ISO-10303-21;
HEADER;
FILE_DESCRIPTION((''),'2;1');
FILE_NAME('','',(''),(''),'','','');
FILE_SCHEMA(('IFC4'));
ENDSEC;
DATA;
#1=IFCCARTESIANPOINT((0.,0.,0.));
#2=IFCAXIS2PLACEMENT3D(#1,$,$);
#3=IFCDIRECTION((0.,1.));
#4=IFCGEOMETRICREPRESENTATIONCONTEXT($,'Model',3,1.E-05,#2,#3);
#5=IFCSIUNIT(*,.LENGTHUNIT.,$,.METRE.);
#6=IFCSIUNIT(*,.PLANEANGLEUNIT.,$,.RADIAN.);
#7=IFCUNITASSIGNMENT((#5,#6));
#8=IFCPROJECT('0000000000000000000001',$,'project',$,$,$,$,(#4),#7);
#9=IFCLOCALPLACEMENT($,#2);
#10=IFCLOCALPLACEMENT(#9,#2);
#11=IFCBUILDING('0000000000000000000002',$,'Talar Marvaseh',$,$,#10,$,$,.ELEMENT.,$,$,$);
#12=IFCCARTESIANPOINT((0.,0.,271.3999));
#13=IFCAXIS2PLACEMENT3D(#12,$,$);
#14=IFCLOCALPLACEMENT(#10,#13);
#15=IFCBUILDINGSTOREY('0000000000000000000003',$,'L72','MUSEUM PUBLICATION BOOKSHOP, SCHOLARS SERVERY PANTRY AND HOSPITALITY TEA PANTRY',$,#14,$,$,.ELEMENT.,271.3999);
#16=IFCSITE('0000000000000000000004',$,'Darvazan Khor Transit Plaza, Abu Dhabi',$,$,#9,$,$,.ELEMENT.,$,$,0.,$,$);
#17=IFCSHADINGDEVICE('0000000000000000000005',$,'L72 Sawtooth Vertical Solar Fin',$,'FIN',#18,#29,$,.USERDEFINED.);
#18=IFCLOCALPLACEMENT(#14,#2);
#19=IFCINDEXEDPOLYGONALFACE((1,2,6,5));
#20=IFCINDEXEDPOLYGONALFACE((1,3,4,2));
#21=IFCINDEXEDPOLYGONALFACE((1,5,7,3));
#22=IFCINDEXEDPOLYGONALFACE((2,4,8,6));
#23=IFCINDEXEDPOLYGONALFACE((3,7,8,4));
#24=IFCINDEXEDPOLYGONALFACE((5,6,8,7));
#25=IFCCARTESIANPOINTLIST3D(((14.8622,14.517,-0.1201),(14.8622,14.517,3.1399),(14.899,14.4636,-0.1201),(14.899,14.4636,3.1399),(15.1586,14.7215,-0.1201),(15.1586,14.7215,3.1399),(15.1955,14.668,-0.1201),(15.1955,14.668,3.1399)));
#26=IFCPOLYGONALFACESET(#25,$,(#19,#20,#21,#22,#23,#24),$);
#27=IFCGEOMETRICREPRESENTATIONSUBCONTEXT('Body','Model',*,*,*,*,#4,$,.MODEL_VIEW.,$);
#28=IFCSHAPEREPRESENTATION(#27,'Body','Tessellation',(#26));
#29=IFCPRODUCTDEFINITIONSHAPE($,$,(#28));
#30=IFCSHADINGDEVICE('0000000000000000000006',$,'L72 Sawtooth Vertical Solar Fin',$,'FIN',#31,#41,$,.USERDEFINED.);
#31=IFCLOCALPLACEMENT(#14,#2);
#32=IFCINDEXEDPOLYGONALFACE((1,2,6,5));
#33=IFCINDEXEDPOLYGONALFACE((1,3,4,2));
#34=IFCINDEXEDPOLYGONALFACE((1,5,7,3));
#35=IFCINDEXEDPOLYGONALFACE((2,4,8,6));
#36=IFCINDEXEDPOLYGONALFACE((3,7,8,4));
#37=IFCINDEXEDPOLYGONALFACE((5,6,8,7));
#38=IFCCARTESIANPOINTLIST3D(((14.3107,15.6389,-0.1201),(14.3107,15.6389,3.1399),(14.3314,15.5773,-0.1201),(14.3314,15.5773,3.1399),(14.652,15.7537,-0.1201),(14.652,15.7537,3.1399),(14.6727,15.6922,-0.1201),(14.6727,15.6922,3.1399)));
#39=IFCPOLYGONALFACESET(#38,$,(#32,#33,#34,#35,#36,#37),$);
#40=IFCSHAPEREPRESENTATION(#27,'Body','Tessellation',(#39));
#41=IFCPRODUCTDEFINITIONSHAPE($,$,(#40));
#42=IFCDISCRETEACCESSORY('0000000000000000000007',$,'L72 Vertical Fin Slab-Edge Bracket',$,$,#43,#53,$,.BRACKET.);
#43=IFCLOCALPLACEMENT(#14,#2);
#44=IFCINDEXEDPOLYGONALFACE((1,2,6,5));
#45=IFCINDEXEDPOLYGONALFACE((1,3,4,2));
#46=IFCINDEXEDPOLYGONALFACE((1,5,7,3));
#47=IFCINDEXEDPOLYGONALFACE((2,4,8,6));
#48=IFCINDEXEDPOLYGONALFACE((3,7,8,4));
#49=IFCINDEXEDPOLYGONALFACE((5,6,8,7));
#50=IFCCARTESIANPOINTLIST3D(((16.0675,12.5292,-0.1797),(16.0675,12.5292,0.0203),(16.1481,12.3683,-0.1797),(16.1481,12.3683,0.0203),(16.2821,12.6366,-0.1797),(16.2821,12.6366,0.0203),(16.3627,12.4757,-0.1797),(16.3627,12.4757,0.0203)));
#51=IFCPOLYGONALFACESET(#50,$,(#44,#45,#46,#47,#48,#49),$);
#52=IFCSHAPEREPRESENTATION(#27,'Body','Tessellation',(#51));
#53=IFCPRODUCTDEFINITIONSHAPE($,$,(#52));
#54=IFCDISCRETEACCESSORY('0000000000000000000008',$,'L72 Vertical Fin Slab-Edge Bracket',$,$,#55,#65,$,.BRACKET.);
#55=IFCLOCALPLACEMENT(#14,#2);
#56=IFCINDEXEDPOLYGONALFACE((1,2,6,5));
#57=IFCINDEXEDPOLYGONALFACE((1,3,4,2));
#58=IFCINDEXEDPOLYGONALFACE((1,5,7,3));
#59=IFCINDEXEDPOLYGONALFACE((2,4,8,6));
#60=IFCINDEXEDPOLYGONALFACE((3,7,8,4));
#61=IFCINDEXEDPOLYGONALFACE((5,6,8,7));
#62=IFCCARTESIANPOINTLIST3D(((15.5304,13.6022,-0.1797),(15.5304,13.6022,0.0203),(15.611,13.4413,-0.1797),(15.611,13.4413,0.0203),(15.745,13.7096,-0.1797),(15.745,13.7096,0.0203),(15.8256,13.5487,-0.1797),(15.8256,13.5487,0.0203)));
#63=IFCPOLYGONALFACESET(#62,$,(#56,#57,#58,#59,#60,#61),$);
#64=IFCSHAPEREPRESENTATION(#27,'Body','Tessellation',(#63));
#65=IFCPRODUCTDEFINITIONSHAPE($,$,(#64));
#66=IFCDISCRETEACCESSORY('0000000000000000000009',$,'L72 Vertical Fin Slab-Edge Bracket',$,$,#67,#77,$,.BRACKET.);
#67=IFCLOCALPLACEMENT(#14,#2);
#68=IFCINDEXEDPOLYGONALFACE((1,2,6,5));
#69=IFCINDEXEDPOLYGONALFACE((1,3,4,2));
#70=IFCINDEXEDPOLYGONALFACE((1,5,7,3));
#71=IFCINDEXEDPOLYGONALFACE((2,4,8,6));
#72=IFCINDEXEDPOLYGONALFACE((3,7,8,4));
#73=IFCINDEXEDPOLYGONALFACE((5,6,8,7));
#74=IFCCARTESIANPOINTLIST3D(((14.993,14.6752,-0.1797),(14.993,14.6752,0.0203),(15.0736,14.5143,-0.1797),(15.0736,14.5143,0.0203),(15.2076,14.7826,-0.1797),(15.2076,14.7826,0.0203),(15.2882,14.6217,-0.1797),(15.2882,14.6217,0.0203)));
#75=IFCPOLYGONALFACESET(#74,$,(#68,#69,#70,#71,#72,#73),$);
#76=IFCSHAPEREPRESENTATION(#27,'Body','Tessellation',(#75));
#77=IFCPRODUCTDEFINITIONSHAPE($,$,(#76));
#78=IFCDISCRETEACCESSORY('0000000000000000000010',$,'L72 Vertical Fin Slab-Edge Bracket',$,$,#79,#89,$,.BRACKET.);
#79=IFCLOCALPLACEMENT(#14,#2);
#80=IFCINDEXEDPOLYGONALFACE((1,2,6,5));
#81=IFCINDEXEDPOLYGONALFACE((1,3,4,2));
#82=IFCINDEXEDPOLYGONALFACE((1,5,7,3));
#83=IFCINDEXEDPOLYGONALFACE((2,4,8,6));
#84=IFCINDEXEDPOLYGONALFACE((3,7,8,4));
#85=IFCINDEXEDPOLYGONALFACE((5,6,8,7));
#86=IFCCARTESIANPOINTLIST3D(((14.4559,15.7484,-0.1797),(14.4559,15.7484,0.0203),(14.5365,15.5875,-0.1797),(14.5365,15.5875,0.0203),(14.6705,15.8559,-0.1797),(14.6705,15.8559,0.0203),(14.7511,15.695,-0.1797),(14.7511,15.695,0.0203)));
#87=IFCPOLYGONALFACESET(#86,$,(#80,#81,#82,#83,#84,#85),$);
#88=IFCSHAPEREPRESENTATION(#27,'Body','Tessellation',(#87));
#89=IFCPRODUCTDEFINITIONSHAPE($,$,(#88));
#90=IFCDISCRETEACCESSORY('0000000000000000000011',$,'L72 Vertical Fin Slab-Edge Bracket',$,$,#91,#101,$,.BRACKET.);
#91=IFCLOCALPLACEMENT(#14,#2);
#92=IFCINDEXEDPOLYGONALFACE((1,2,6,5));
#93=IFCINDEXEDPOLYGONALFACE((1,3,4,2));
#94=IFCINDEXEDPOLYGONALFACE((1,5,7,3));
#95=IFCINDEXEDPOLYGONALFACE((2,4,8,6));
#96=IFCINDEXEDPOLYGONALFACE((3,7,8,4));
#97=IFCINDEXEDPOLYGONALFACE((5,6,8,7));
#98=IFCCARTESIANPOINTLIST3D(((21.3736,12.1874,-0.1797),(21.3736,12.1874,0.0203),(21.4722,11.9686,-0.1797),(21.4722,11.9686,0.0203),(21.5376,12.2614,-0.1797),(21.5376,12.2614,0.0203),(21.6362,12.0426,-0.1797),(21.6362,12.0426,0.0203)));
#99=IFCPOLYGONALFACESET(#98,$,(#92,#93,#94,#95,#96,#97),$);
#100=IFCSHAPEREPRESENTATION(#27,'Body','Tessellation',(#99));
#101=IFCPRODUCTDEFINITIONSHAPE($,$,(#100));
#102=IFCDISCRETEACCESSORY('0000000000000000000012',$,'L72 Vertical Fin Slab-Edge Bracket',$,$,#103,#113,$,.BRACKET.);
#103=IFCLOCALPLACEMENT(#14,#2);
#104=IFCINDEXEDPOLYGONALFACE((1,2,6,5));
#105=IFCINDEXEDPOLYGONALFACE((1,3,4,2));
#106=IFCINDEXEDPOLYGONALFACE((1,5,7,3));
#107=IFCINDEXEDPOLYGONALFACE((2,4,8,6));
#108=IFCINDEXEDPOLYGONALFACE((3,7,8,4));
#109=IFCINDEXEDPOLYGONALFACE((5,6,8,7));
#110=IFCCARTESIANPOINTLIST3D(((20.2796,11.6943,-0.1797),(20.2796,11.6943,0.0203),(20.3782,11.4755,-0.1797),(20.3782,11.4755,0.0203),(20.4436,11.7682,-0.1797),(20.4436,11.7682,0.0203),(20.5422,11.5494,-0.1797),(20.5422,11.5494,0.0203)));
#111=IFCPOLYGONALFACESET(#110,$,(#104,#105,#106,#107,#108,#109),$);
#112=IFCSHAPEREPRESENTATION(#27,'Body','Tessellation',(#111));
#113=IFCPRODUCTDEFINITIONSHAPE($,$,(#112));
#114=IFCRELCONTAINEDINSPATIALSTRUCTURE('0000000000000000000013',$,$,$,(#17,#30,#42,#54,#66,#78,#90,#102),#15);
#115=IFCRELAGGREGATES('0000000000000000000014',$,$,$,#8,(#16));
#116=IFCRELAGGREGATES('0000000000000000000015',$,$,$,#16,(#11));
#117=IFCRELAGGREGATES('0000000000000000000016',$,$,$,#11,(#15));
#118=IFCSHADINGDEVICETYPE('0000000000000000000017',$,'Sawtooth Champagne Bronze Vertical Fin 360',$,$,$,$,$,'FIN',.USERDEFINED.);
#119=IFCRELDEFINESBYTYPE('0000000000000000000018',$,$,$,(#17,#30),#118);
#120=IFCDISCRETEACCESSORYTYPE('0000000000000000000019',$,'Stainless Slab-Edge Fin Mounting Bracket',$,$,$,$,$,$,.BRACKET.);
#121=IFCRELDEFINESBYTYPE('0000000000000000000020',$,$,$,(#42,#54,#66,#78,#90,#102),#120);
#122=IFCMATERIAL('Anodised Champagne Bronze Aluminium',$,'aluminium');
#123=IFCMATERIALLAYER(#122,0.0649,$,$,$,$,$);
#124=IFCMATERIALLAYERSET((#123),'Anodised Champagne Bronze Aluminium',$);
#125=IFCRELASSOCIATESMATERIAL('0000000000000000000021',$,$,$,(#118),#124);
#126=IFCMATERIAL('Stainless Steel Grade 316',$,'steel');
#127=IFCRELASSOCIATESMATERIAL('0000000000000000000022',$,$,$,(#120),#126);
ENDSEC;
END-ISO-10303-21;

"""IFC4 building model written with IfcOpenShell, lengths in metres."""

from ifc_helpers import new_model, si_unit, direction, frame, origin, origin_2d, place, context, subcontext, project, spatial, rectangle, extrude, source, transform, mapped, material, layer, layer_set, type_object, type_shapes, element, save


model = new_model("IFC4")

# Units and contexts
model_context = context("Model", 3, precision=1e-05, world=origin(), true_north=direction((0.0, 1.0)))
body_context = subcontext(model_context, "Body", "Model", "MODEL_VIEW")
ifc_project = project(units=[si_unit("LENGTHUNIT", "METRE"), si_unit("PLANEANGLEUNIT", "RADIAN")], contexts=[model_context])

# Site, building, storey
site_placement = place(None, origin())
site = spatial("IfcSite", under=ifc_project, at=site_placement, Name="Darvazan Khor Transit Plaza, Abu Dhabi", CompositionType="ELEMENT", RefElevation=0.0)
building_placement = place(site_placement, origin())
building = spatial("IfcBuilding", under=site, at=building_placement, Name="Talar Marvaseh", CompositionType="ELEMENT")
storey_placement = place(building_placement, frame((0.0, 0.0, 271.3999)))
storey = spatial("IfcBuildingStorey", under=building, at=storey_placement, Name="L72", Description="MUSEUM PUBLICATION BOOKSHOP, SCHOLARS SERVERY PANTRY AND HOSPITALITY TEA PANTRY", CompositionType="ELEMENT", Elevation=271.3999)

# Shading devices
ifc_material_1 = material(Name="Anodised Champagne Bronze Aluminium", Category="aluminium")
ifc_layer_1 = layer(ifc_material_1, 0.0649)
ifc_layer_set_1 = layer_set([ifc_layer_1], Name="Anodised Champagne Bronze Aluminium")
shading_device_type_1 = type_object("IfcShadingDeviceType", Name="Sawtooth Champagne Bronze Vertical Fin 360", ElementType="FIN", PredefinedType="USERDEFINED", material=ifc_layer_set_1)
shared_shape_1 = source(origin(), body_context, "Body", "SweptSolid", [
    extrude(rectangle(XDim=0.3601, YDim=0.0649, at=origin_2d()), origin(), (0.0, 0.0, 1.0), 3.26),
])
type_shapes(shading_device_type_1, [shared_shape_1])
for number, where, z_axis, x_axis, name in (
    (1, (15.0288, 14.5925, -0.1201), (0.0, 0.0, 1.0), (-0.823136, -0.567844, 0.0), "L72 Sawtooth Vertical Solar Fin"),
    (2, (14.4917, 15.6655, -0.1201), (0.0, 0.0, 1.0), (-0.947768, -0.318959, 0.0), "L72 Sawtooth Vertical Solar Fin"),
):
    element("IfcShadingDevice", number, at=place(storey_placement, frame(where, z_axis=z_axis, x_axis=x_axis)), inside=storey, type_object=shading_device_type_1, Name=name, ObjectType="FIN", PredefinedType="USERDEFINED", context=body_context, shape_type="MappedRepresentation", body=[
        mapped(shared_shape_1, transform((0.0, 0.0, 0.0), x_axis=(1.0, 0.0, 0.0), y_axis=(0.0, 1.0, 0.0), z_axis=(0.0, 0.0, 1.0), scale=1.0)),
    ])

# Discrete accessories
ifc_material_2 = material(Name="Stainless Steel Grade 316", Category="steel")
discrete_accessory_type = type_object("IfcDiscreteAccessoryType", Name="Stainless Slab-Edge Fin Mounting Bracket", PredefinedType="BRACKET", material=ifc_material_2)
shared_shape_2 = source(origin(), body_context, "Body", "SweptSolid", [
    extrude(rectangle(XDim=0.24, YDim=0.1799, at=origin_2d()), origin(), (0.0, 0.0, 1.0), 0.2),
])
type_shapes(discrete_accessory_type, [shared_shape_2])
for number, where, z_axis, x_axis, name in (
    (3, (16.2151, 12.5024, -0.1797), (0.0, 0.0, 1.0), (-0.894154, -0.447759, 0.0), "L72 Vertical Fin Slab-Edge Bracket"),
    (4, (15.678, 13.5754, -0.1797), (0.0, 0.0, 1.0), (-0.894154, -0.447759, 0.0), "L72 Vertical Fin Slab-Edge Bracket"),
    (5, (15.1406, 14.6484, -0.1797), (0.0, 0.0, 1.0), (-0.894154, -0.447759, 0.0), "L72 Vertical Fin Slab-Edge Bracket"),
    (6, (14.6035, 15.7217, -0.1797), (0.0, 0.0, 1.0), (-0.894154, -0.447759, 0.0), "L72 Vertical Fin Slab-Edge Bracket"),
    (7, (21.5049, 12.115, -0.1797), (0.0, 0.0, 1.0), (0.410878, -0.91169, 0.0), "L72 Vertical Fin Slab-Edge Bracket"),
    (8, (20.4109, 11.6218, -0.1797), (0.0, 0.0, 1.0), (0.410878, -0.91169, 0.0), "L72 Vertical Fin Slab-Edge Bracket"),
):
    element("IfcDiscreteAccessory", number, at=place(storey_placement, frame(where, z_axis=z_axis, x_axis=x_axis)), inside=storey, type_object=discrete_accessory_type, Name=name, PredefinedType="BRACKET", context=body_context, shape_type="MappedRepresentation", body=[
        mapped(shared_shape_2, transform((0.0, 0.0, 0.0), x_axis=(1.0, 0.0, 0.0), y_axis=(0.0, 1.0, 0.0), z_axis=(0.0, 0.0, 1.0), scale=1.0)),
    ])

save(model, "model.ifc")
